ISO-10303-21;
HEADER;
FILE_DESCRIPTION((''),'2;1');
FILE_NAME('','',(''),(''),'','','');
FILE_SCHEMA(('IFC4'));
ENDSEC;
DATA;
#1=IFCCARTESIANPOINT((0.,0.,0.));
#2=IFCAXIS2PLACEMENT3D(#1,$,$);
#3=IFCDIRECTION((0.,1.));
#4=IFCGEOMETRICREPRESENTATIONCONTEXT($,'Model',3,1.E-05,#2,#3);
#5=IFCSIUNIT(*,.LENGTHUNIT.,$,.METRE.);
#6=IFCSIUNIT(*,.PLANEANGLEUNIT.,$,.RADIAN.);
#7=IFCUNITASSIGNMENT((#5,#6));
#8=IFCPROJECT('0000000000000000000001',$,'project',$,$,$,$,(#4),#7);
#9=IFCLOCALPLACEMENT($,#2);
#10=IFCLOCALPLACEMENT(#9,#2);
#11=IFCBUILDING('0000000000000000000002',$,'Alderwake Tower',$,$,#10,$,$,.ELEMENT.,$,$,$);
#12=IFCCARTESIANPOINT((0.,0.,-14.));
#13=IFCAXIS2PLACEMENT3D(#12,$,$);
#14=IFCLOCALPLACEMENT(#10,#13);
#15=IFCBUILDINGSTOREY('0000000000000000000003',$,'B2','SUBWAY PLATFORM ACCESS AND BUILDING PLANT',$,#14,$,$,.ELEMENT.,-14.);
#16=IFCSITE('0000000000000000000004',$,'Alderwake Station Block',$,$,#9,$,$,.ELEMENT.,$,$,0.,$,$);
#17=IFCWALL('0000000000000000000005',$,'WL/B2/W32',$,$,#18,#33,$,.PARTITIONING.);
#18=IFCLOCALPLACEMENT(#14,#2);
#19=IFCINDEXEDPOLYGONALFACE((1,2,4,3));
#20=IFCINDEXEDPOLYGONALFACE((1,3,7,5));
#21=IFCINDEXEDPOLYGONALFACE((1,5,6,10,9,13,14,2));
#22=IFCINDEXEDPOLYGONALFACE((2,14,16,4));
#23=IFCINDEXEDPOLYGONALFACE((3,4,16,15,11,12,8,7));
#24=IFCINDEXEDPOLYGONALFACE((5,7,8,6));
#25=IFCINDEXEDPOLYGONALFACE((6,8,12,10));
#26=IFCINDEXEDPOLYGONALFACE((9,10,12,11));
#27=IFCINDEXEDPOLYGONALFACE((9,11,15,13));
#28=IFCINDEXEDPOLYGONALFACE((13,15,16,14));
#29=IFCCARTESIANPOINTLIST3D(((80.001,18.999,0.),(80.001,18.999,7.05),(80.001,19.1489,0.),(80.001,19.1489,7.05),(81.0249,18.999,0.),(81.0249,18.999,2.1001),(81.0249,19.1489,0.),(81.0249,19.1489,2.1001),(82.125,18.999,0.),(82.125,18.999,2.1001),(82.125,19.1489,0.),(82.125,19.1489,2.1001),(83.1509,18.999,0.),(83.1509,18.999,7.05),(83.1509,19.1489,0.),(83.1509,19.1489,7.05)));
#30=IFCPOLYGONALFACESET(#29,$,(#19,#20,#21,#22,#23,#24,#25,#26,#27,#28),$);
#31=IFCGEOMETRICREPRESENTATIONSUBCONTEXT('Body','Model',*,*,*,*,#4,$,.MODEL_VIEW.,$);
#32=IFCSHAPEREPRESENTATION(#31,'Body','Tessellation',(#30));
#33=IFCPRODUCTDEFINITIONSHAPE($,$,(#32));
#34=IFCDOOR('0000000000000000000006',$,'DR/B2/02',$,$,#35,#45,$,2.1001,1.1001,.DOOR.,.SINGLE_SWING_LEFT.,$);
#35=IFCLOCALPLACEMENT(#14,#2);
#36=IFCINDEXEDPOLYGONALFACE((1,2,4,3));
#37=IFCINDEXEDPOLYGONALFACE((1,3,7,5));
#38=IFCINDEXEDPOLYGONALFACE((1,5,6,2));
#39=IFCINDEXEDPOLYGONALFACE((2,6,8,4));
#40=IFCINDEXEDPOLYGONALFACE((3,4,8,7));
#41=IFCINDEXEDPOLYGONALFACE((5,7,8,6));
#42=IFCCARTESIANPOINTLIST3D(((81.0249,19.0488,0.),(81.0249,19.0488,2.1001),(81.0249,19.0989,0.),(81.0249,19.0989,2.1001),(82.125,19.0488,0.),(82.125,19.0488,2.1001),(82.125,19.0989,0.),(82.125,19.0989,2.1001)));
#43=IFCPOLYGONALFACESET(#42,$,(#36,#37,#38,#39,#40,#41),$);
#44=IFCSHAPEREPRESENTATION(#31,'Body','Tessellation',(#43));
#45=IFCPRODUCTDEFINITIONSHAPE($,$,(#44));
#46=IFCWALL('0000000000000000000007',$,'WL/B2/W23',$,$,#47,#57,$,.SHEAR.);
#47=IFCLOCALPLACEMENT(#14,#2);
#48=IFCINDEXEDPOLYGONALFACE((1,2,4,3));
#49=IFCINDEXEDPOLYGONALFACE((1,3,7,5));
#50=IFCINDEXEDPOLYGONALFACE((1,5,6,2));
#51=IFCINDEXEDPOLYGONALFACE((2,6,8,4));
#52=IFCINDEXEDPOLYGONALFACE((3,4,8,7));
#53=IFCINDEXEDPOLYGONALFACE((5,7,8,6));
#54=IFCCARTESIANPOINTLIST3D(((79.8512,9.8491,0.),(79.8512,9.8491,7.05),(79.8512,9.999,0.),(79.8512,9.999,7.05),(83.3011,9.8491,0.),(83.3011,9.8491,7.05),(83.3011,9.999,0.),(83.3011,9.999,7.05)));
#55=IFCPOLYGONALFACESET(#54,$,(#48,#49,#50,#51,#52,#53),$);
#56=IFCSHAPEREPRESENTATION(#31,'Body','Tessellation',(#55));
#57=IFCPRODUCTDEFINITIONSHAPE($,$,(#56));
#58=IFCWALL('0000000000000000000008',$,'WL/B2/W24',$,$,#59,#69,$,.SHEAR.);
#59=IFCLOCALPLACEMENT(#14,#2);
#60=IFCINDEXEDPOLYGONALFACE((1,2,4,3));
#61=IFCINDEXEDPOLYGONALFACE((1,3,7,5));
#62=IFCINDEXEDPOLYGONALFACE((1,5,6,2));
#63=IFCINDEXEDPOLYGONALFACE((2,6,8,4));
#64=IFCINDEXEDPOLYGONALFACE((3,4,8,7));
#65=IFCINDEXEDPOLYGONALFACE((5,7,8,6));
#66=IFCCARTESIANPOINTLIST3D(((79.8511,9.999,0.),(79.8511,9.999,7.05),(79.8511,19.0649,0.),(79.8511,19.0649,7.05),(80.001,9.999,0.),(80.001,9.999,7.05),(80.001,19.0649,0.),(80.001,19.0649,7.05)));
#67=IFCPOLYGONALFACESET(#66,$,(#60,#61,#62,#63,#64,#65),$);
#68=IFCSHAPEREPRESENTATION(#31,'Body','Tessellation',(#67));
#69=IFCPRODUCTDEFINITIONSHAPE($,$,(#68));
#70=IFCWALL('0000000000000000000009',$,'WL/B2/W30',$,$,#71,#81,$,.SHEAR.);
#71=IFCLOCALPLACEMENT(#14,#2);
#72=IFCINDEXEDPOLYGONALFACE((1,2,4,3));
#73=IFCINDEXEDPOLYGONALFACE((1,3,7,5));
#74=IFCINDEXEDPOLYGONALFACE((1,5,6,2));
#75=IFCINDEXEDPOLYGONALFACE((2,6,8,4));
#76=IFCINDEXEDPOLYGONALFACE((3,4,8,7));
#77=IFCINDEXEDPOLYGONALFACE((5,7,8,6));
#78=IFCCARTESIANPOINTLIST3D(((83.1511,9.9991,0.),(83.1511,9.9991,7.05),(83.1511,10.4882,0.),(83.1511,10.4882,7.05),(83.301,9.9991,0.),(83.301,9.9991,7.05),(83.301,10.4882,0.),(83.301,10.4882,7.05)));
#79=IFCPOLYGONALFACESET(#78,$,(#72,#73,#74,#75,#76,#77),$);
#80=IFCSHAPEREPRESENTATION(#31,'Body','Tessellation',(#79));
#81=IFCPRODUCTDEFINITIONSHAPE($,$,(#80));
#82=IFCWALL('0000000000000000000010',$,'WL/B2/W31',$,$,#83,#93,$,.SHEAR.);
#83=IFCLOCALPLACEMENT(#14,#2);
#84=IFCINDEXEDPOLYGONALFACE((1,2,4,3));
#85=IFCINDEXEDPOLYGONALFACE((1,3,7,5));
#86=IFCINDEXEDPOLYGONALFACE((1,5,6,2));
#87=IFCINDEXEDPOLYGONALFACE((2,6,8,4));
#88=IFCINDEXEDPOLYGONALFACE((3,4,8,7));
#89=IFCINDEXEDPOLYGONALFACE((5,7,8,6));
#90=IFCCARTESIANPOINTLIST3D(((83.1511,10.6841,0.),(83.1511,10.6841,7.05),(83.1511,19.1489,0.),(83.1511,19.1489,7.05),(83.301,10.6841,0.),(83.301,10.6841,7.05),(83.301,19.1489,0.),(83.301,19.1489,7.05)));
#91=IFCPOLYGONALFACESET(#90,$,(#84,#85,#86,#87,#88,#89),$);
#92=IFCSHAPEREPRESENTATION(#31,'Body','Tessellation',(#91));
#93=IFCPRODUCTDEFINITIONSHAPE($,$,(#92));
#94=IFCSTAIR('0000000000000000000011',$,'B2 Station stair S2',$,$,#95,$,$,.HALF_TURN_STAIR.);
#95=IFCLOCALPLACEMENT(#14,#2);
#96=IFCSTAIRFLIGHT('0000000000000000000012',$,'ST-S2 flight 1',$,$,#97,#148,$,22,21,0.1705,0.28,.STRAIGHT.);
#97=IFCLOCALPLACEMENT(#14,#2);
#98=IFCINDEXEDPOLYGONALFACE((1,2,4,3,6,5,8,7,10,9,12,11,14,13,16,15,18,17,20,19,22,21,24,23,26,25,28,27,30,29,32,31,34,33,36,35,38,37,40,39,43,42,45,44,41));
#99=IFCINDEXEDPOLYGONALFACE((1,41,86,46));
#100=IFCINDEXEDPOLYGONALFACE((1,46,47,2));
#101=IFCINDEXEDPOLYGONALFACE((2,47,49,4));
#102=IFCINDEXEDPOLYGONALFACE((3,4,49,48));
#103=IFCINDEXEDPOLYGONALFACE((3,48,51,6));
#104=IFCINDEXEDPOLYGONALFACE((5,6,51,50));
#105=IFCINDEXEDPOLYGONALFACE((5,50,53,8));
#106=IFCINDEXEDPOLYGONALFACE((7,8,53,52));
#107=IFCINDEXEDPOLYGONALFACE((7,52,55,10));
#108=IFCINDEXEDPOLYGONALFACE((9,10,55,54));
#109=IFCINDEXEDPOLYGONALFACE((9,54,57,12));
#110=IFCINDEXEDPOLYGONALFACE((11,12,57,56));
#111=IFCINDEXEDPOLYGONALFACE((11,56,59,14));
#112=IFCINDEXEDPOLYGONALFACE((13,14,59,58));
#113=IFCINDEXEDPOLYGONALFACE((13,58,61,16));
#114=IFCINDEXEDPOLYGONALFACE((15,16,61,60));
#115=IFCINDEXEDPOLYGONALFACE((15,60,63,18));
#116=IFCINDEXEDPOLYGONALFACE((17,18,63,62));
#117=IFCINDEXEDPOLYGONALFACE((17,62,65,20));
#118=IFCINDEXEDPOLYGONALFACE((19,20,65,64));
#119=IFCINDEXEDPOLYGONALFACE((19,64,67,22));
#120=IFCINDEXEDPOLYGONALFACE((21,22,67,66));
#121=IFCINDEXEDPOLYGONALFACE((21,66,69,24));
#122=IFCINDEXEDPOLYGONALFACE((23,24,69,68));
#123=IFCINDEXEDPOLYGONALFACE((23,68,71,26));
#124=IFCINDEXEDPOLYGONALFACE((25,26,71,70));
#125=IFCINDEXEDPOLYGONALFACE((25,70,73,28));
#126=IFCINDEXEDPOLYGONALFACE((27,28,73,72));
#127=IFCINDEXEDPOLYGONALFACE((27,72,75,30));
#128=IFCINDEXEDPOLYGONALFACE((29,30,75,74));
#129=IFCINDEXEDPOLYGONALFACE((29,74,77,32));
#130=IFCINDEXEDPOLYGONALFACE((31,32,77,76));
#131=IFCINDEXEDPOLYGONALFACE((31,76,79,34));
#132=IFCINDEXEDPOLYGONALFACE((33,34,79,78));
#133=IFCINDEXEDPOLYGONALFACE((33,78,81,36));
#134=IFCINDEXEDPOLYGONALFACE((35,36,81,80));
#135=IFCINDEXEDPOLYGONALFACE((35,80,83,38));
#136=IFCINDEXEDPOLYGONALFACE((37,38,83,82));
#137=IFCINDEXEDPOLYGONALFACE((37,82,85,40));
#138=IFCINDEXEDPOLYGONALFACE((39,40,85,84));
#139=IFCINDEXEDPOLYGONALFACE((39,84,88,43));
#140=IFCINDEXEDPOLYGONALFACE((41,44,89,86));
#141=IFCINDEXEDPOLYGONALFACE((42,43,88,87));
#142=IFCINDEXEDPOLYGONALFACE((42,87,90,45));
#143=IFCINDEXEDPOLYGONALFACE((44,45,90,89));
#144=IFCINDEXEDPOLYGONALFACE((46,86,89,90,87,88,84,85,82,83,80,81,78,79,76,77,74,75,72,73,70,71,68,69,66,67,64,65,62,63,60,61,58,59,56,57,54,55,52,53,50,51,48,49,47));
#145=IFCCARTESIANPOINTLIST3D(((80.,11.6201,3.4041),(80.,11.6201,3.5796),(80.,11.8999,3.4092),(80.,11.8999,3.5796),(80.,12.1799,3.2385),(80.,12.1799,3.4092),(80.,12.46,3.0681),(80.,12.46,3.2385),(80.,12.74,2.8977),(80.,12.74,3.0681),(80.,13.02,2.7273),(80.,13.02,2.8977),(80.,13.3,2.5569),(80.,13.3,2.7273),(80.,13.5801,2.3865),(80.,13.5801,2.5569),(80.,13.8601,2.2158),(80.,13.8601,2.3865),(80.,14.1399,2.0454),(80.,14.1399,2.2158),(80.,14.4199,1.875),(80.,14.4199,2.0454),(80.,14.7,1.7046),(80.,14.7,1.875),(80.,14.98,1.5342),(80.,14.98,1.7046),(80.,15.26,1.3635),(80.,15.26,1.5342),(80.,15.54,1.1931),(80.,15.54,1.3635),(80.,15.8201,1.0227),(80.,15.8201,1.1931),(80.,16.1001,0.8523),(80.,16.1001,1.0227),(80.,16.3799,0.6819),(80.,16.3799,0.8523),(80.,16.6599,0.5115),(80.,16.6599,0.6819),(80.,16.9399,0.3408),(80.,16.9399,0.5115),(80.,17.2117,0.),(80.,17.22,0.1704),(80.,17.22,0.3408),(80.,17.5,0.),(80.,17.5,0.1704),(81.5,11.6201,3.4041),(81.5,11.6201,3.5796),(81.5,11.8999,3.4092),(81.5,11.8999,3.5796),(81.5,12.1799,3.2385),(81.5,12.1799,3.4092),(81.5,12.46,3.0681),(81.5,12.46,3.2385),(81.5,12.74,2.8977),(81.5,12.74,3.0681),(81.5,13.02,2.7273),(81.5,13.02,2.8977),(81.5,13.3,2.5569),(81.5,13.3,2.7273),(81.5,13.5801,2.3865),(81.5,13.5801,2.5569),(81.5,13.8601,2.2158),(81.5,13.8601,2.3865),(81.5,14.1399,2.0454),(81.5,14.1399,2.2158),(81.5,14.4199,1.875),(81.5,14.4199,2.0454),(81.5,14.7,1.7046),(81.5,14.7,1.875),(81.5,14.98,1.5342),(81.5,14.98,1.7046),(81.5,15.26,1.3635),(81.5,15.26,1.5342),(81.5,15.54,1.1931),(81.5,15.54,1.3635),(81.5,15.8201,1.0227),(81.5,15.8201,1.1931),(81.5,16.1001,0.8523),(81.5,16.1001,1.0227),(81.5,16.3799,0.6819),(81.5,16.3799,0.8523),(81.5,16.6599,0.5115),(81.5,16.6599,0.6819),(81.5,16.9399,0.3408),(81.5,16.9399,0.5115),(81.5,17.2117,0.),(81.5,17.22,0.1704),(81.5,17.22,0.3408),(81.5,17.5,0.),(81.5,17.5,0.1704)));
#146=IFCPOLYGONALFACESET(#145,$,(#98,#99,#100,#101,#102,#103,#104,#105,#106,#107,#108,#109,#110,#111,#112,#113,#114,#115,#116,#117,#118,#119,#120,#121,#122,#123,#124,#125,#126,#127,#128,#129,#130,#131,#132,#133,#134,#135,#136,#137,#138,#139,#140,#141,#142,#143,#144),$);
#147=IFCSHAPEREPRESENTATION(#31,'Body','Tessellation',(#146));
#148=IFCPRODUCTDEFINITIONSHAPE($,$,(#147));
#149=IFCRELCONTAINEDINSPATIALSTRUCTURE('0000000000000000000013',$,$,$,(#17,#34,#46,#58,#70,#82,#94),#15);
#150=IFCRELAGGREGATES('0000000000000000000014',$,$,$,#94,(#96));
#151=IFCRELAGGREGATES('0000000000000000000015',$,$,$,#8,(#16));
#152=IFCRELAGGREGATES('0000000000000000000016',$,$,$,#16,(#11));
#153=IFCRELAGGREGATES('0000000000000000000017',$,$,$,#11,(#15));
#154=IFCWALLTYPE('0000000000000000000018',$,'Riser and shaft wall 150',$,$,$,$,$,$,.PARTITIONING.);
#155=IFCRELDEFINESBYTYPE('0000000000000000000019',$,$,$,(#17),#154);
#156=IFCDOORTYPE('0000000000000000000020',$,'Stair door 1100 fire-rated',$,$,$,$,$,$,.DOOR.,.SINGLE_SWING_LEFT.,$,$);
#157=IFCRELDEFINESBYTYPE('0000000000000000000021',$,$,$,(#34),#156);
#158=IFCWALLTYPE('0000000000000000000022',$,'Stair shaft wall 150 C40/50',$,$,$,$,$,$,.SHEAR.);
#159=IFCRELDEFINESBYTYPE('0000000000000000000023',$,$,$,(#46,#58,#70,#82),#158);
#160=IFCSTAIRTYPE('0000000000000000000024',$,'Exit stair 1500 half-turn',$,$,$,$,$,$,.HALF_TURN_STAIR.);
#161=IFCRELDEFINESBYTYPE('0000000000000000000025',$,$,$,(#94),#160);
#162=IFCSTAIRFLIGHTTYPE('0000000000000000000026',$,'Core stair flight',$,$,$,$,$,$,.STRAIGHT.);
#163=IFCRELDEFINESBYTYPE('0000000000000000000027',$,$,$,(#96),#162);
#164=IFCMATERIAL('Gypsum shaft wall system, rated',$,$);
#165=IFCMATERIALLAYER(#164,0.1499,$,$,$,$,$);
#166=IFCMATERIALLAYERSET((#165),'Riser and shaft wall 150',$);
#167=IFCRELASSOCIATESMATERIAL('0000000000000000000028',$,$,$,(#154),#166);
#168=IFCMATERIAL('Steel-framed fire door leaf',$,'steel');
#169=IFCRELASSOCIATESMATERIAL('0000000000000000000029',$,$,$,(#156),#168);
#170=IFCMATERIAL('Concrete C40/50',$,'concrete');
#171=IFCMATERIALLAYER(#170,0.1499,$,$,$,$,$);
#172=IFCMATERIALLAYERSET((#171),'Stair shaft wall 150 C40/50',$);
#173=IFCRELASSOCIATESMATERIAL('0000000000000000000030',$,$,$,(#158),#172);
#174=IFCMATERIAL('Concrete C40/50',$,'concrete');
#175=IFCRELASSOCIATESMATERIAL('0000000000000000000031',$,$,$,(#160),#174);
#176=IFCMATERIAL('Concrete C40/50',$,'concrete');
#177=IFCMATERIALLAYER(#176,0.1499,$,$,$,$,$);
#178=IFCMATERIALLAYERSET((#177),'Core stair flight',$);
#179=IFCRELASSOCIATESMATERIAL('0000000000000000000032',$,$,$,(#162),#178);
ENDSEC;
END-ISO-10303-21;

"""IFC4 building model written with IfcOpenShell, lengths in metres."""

from ifc_helpers import new_model, si_unit, direction, frame, frame_2d, origin, place, context, subcontext, project, spatial, polyline, rectangle, outline, extrude, material, layer, layer_set, type_object, element, fill, aggregate, save


model = new_model("IFC4")

# Units and contexts
model_context = context("Model", 3, precision=1e-05, world=origin(), true_north=direction((0.0, 1.0)))
body_context = subcontext(model_context, "Body", "Model", "MODEL_VIEW")
ifc_project = project(units=[si_unit("LENGTHUNIT", "METRE"), si_unit("PLANEANGLEUNIT", "RADIAN")], contexts=[model_context])

# Site, building, storey
site_placement = place(None, origin())
site = spatial("IfcSite", under=ifc_project, at=site_placement, Name="Alderwake Station Block", CompositionType="ELEMENT", RefElevation=0.0)
building_placement = place(site_placement, origin())
building = spatial("IfcBuilding", under=site, at=building_placement, Name="Alderwake Tower", CompositionType="ELEMENT")
storey_placement = place(building_placement, frame((0.0, 0.0, -14.0)))
storey = spatial("IfcBuildingStorey", under=building, at=storey_placement, Name="B2", Description="SUBWAY PLATFORM ACCESS AND BUILDING PLANT", CompositionType="ELEMENT", Elevation=-14.0)

# Shared definitions
ifc_material_1 = material(Name="Gypsum shaft wall system, rated")
ifc_layer_1 = layer(ifc_material_1, 0.1499)
ifc_layer_set_1 = layer_set([ifc_layer_1], Name="Riser and shaft wall 150")
wall_type_1 = type_object("IfcWallType", Name="Riser and shaft wall 150", PredefinedType="PARTITIONING", material=ifc_layer_set_1)

# Wall, opening, door
wall_1_placement = place(storey_placement, frame((80.001, 19.074, 0.0), z_axis=(0.0, 0.0, 1.0), x_axis=(1.0, 0.0, 0.0)))
wall_1 = element("IfcWall", 1, at=wall_1_placement, inside=storey, type_object=wall_type_1, Name="WL/B2/W32", PredefinedType="PARTITIONING", context=body_context, shape_type="SweptSolid", body=[
    extrude(rectangle(XDim=3.1499, YDim=0.1499, at=frame_2d((1.575, 0.0))), origin(), (0.0, 0.0, 1.0), 7.05),
])
opening_1_placement = place(wall_1_placement, frame((1.0239, 0.0, 0.0)))
opening_1 = element("IfcOpeningElement", 2, at=opening_1_placement, cuts=wall_1, PredefinedType="OPENING", context=body_context, shape_type="SweptSolid", body=[
    extrude(rectangle(XDim=1.1001, YDim=2.1001, at=frame_2d((0.55, 1.05))), frame((0.0, 0.085, 0.0), z_axis=(0.0, -1.0, 0.0), x_axis=(1.0, 0.0, 0.0)), (0.0, 0.0, 1.0), 0.1699),
])
ifc_material_2 = material(Name="Steel-framed fire door leaf", Category="steel")
door_type_1 = type_object("IfcDoorType", Name="Stair door 1100 fire-rated", OperationType="SINGLE_SWING_LEFT", PredefinedType="DOOR", material=ifc_material_2)
door_1_placement = place(opening_1_placement, origin())
door_1 = element("IfcDoor", 3, at=door_1_placement, inside=storey, type_object=door_type_1, Name="DR/B2/02", OperationType="SINGLE_SWING_LEFT", OverallHeight=2.1001, OverallWidth=1.1001, PredefinedType="DOOR", context=body_context, shape_type="SweptSolid", body=[
    extrude(rectangle(XDim=1.1001, YDim=2.1001, at=frame_2d((0.55, 1.05))), frame((0.0, 0.0249, 0.0), z_axis=(0.0, -1.0, 0.0), x_axis=(1.0, 0.0, 0.0)), (0.0, 0.0, 1.0), 0.05),
])
fill(opening_1, door_1)

# Walls
ifc_material_3 = material(Name="Concrete C40/50", Category="concrete")
ifc_layer_2 = layer(ifc_material_3, 0.1499)
ifc_layer_set_2 = layer_set([ifc_layer_2], Name="Stair shaft wall 150 C40/50")
wall_type_2 = type_object("IfcWallType", Name="Stair shaft wall 150 C40/50", PredefinedType="SHEAR", material=ifc_layer_set_2)
wall_2_placement = place(storey_placement, frame((79.8511, 9.9241, 0.0), z_axis=(0.0, 0.0, 1.0), x_axis=(1.0, 0.0, 0.0)))
element("IfcWall", 4, at=wall_2_placement, inside=storey, type_object=wall_type_2, Name="WL/B2/W23", PredefinedType="SHEAR", context=body_context, shape_type="SweptSolid", body=[
    extrude(rectangle(XDim=3.45, YDim=0.1499, at=frame_2d((1.7251, 0.0))), origin(), (0.0, 0.0, 1.0), 7.05),
])
wall_3_placement = place(storey_placement, frame((79.926, 19.0649, 0.0), z_axis=(0.0, 0.0, 1.0), x_axis=(0.0, -1.0, 0.0)))
element("IfcWall", 5, at=wall_3_placement, inside=storey, type_object=wall_type_2, Name="WL/B2/W24", PredefinedType="SHEAR", context=body_context, shape_type="SweptSolid", body=[
    extrude(rectangle(XDim=9.0659, YDim=0.1499, at=frame_2d((4.533, 0.0))), origin(), (0.0, 0.0, 1.0), 7.05),
])
wall_4_placement = place(storey_placement, frame((83.2261, 9.999, 0.0), z_axis=(0.0, 0.0, 1.0), x_axis=(0.0, 1.0, 0.0)))
element("IfcWall", 6, at=wall_4_placement, inside=storey, type_object=wall_type_2, Name="WL/B2/W30", PredefinedType="SHEAR", context=body_context, shape_type="SweptSolid", body=[
    extrude(rectangle(XDim=0.489, YDim=0.1499, at=frame_2d((0.2446, 0.0))), origin(), (0.0, 0.0, 1.0), 7.05),
])
wall_5_placement = place(storey_placement, frame((83.2261, 10.6841, 0.0), z_axis=(0.0, 0.0, 1.0), x_axis=(0.0, 1.0, 0.0)))
element("IfcWall", 7, at=wall_5_placement, inside=storey, type_object=wall_type_2, Name="WL/B2/W31", PredefinedType="SHEAR", context=body_context, shape_type="SweptSolid", body=[
    extrude(rectangle(XDim=8.4648, YDim=0.1499, at=frame_2d((4.2324, 0.0))), origin(), (0.0, 0.0, 1.0), 7.05),
])

# Stair, stair flight
ifc_material_4 = material(Name="Concrete C40/50", Category="concrete")
stair_type = type_object("IfcStairType", Name="Exit stair 1500 half-turn", PredefinedType="HALF_TURN_STAIR", material=ifc_material_4)
stair_placement = place(storey_placement, origin())
stair = element("IfcStair", 8, at=stair_placement, inside=storey, type_object=stair_type, Name="B2 Station stair S2", PredefinedType="HALF_TURN_STAIR")
ifc_material_5 = material(Name="Concrete C40/50", Category="concrete")
ifc_layer_3 = layer(ifc_material_5, 0.1499)
ifc_layer_set_3 = layer_set([ifc_layer_3], Name="Core stair flight")
stair_flight_type = type_object("IfcStairFlightType", Name="Core stair flight", PredefinedType="STRAIGHT", material=ifc_layer_set_3)
stair_flight_1_placement = place(storey_placement, frame((80.75, 17.5, 0.0), z_axis=(0.0, 0.0, 1.0), x_axis=(0.0, -1.0, 0.0)))
stair_flight_1 = element("IfcStairFlight", 9, at=stair_flight_1_placement, type_object=stair_flight_type, Name="ST-S2 flight 1", NumberOfRisers=22, NumberOfTreads=21, PredefinedType="STRAIGHT", RiserHeight=0.1705, TreadLength=0.28, context=body_context, shape_type="SweptSolid", body=[
    extrude(outline(polyline([(0.0, 0.0), (0.0, 0.1704), (0.28, 0.1704), (0.28, 0.3408), (0.5601, 0.3408), (0.5601, 0.5115), (0.8401, 0.5115), (0.8401, 0.6819), (1.1201, 0.6819), (1.1201, 0.8523), (1.3999, 0.8523), (1.3999, 1.0227), (1.6799, 1.0227), (1.6799, 1.1931), (1.96, 1.1931), (1.96, 1.3635), (2.24, 1.3635), (2.24, 1.5342), (2.52, 1.5342), (2.52, 1.7046), (2.8, 1.7046), (2.8, 1.875), (3.0801, 1.875), (3.0801, 2.0454), (3.3601, 2.0454), (3.3601, 2.2158), (3.6399, 2.2158), (3.6399, 2.3865), (3.9199, 2.3865), (3.9199, 2.5569), (4.2, 2.5569), (4.2, 2.7273), (4.48, 2.7273), (4.48, 2.8977), (4.76, 2.8977), (4.76, 3.0681), (5.04, 3.0681), (5.04, 3.2385), (5.3201, 3.2385), (5.3201, 3.4092), (5.6001, 3.4092), (5.6001, 3.5796), (5.8799, 3.5796), (5.8799, 3.75), (5.8799, 3.4041), (0.2883, 0.0), (0.0, 0.0)])), frame((0.0, 0.75, 0.0), z_axis=(0.0, -1.0, 0.0), x_axis=(1.0, 0.0, 0.0)), (0.0, 0.0, 1.0), 1.5),
])
aggregate(stair, [stair_flight_1])

save(model, "model.ifc")
